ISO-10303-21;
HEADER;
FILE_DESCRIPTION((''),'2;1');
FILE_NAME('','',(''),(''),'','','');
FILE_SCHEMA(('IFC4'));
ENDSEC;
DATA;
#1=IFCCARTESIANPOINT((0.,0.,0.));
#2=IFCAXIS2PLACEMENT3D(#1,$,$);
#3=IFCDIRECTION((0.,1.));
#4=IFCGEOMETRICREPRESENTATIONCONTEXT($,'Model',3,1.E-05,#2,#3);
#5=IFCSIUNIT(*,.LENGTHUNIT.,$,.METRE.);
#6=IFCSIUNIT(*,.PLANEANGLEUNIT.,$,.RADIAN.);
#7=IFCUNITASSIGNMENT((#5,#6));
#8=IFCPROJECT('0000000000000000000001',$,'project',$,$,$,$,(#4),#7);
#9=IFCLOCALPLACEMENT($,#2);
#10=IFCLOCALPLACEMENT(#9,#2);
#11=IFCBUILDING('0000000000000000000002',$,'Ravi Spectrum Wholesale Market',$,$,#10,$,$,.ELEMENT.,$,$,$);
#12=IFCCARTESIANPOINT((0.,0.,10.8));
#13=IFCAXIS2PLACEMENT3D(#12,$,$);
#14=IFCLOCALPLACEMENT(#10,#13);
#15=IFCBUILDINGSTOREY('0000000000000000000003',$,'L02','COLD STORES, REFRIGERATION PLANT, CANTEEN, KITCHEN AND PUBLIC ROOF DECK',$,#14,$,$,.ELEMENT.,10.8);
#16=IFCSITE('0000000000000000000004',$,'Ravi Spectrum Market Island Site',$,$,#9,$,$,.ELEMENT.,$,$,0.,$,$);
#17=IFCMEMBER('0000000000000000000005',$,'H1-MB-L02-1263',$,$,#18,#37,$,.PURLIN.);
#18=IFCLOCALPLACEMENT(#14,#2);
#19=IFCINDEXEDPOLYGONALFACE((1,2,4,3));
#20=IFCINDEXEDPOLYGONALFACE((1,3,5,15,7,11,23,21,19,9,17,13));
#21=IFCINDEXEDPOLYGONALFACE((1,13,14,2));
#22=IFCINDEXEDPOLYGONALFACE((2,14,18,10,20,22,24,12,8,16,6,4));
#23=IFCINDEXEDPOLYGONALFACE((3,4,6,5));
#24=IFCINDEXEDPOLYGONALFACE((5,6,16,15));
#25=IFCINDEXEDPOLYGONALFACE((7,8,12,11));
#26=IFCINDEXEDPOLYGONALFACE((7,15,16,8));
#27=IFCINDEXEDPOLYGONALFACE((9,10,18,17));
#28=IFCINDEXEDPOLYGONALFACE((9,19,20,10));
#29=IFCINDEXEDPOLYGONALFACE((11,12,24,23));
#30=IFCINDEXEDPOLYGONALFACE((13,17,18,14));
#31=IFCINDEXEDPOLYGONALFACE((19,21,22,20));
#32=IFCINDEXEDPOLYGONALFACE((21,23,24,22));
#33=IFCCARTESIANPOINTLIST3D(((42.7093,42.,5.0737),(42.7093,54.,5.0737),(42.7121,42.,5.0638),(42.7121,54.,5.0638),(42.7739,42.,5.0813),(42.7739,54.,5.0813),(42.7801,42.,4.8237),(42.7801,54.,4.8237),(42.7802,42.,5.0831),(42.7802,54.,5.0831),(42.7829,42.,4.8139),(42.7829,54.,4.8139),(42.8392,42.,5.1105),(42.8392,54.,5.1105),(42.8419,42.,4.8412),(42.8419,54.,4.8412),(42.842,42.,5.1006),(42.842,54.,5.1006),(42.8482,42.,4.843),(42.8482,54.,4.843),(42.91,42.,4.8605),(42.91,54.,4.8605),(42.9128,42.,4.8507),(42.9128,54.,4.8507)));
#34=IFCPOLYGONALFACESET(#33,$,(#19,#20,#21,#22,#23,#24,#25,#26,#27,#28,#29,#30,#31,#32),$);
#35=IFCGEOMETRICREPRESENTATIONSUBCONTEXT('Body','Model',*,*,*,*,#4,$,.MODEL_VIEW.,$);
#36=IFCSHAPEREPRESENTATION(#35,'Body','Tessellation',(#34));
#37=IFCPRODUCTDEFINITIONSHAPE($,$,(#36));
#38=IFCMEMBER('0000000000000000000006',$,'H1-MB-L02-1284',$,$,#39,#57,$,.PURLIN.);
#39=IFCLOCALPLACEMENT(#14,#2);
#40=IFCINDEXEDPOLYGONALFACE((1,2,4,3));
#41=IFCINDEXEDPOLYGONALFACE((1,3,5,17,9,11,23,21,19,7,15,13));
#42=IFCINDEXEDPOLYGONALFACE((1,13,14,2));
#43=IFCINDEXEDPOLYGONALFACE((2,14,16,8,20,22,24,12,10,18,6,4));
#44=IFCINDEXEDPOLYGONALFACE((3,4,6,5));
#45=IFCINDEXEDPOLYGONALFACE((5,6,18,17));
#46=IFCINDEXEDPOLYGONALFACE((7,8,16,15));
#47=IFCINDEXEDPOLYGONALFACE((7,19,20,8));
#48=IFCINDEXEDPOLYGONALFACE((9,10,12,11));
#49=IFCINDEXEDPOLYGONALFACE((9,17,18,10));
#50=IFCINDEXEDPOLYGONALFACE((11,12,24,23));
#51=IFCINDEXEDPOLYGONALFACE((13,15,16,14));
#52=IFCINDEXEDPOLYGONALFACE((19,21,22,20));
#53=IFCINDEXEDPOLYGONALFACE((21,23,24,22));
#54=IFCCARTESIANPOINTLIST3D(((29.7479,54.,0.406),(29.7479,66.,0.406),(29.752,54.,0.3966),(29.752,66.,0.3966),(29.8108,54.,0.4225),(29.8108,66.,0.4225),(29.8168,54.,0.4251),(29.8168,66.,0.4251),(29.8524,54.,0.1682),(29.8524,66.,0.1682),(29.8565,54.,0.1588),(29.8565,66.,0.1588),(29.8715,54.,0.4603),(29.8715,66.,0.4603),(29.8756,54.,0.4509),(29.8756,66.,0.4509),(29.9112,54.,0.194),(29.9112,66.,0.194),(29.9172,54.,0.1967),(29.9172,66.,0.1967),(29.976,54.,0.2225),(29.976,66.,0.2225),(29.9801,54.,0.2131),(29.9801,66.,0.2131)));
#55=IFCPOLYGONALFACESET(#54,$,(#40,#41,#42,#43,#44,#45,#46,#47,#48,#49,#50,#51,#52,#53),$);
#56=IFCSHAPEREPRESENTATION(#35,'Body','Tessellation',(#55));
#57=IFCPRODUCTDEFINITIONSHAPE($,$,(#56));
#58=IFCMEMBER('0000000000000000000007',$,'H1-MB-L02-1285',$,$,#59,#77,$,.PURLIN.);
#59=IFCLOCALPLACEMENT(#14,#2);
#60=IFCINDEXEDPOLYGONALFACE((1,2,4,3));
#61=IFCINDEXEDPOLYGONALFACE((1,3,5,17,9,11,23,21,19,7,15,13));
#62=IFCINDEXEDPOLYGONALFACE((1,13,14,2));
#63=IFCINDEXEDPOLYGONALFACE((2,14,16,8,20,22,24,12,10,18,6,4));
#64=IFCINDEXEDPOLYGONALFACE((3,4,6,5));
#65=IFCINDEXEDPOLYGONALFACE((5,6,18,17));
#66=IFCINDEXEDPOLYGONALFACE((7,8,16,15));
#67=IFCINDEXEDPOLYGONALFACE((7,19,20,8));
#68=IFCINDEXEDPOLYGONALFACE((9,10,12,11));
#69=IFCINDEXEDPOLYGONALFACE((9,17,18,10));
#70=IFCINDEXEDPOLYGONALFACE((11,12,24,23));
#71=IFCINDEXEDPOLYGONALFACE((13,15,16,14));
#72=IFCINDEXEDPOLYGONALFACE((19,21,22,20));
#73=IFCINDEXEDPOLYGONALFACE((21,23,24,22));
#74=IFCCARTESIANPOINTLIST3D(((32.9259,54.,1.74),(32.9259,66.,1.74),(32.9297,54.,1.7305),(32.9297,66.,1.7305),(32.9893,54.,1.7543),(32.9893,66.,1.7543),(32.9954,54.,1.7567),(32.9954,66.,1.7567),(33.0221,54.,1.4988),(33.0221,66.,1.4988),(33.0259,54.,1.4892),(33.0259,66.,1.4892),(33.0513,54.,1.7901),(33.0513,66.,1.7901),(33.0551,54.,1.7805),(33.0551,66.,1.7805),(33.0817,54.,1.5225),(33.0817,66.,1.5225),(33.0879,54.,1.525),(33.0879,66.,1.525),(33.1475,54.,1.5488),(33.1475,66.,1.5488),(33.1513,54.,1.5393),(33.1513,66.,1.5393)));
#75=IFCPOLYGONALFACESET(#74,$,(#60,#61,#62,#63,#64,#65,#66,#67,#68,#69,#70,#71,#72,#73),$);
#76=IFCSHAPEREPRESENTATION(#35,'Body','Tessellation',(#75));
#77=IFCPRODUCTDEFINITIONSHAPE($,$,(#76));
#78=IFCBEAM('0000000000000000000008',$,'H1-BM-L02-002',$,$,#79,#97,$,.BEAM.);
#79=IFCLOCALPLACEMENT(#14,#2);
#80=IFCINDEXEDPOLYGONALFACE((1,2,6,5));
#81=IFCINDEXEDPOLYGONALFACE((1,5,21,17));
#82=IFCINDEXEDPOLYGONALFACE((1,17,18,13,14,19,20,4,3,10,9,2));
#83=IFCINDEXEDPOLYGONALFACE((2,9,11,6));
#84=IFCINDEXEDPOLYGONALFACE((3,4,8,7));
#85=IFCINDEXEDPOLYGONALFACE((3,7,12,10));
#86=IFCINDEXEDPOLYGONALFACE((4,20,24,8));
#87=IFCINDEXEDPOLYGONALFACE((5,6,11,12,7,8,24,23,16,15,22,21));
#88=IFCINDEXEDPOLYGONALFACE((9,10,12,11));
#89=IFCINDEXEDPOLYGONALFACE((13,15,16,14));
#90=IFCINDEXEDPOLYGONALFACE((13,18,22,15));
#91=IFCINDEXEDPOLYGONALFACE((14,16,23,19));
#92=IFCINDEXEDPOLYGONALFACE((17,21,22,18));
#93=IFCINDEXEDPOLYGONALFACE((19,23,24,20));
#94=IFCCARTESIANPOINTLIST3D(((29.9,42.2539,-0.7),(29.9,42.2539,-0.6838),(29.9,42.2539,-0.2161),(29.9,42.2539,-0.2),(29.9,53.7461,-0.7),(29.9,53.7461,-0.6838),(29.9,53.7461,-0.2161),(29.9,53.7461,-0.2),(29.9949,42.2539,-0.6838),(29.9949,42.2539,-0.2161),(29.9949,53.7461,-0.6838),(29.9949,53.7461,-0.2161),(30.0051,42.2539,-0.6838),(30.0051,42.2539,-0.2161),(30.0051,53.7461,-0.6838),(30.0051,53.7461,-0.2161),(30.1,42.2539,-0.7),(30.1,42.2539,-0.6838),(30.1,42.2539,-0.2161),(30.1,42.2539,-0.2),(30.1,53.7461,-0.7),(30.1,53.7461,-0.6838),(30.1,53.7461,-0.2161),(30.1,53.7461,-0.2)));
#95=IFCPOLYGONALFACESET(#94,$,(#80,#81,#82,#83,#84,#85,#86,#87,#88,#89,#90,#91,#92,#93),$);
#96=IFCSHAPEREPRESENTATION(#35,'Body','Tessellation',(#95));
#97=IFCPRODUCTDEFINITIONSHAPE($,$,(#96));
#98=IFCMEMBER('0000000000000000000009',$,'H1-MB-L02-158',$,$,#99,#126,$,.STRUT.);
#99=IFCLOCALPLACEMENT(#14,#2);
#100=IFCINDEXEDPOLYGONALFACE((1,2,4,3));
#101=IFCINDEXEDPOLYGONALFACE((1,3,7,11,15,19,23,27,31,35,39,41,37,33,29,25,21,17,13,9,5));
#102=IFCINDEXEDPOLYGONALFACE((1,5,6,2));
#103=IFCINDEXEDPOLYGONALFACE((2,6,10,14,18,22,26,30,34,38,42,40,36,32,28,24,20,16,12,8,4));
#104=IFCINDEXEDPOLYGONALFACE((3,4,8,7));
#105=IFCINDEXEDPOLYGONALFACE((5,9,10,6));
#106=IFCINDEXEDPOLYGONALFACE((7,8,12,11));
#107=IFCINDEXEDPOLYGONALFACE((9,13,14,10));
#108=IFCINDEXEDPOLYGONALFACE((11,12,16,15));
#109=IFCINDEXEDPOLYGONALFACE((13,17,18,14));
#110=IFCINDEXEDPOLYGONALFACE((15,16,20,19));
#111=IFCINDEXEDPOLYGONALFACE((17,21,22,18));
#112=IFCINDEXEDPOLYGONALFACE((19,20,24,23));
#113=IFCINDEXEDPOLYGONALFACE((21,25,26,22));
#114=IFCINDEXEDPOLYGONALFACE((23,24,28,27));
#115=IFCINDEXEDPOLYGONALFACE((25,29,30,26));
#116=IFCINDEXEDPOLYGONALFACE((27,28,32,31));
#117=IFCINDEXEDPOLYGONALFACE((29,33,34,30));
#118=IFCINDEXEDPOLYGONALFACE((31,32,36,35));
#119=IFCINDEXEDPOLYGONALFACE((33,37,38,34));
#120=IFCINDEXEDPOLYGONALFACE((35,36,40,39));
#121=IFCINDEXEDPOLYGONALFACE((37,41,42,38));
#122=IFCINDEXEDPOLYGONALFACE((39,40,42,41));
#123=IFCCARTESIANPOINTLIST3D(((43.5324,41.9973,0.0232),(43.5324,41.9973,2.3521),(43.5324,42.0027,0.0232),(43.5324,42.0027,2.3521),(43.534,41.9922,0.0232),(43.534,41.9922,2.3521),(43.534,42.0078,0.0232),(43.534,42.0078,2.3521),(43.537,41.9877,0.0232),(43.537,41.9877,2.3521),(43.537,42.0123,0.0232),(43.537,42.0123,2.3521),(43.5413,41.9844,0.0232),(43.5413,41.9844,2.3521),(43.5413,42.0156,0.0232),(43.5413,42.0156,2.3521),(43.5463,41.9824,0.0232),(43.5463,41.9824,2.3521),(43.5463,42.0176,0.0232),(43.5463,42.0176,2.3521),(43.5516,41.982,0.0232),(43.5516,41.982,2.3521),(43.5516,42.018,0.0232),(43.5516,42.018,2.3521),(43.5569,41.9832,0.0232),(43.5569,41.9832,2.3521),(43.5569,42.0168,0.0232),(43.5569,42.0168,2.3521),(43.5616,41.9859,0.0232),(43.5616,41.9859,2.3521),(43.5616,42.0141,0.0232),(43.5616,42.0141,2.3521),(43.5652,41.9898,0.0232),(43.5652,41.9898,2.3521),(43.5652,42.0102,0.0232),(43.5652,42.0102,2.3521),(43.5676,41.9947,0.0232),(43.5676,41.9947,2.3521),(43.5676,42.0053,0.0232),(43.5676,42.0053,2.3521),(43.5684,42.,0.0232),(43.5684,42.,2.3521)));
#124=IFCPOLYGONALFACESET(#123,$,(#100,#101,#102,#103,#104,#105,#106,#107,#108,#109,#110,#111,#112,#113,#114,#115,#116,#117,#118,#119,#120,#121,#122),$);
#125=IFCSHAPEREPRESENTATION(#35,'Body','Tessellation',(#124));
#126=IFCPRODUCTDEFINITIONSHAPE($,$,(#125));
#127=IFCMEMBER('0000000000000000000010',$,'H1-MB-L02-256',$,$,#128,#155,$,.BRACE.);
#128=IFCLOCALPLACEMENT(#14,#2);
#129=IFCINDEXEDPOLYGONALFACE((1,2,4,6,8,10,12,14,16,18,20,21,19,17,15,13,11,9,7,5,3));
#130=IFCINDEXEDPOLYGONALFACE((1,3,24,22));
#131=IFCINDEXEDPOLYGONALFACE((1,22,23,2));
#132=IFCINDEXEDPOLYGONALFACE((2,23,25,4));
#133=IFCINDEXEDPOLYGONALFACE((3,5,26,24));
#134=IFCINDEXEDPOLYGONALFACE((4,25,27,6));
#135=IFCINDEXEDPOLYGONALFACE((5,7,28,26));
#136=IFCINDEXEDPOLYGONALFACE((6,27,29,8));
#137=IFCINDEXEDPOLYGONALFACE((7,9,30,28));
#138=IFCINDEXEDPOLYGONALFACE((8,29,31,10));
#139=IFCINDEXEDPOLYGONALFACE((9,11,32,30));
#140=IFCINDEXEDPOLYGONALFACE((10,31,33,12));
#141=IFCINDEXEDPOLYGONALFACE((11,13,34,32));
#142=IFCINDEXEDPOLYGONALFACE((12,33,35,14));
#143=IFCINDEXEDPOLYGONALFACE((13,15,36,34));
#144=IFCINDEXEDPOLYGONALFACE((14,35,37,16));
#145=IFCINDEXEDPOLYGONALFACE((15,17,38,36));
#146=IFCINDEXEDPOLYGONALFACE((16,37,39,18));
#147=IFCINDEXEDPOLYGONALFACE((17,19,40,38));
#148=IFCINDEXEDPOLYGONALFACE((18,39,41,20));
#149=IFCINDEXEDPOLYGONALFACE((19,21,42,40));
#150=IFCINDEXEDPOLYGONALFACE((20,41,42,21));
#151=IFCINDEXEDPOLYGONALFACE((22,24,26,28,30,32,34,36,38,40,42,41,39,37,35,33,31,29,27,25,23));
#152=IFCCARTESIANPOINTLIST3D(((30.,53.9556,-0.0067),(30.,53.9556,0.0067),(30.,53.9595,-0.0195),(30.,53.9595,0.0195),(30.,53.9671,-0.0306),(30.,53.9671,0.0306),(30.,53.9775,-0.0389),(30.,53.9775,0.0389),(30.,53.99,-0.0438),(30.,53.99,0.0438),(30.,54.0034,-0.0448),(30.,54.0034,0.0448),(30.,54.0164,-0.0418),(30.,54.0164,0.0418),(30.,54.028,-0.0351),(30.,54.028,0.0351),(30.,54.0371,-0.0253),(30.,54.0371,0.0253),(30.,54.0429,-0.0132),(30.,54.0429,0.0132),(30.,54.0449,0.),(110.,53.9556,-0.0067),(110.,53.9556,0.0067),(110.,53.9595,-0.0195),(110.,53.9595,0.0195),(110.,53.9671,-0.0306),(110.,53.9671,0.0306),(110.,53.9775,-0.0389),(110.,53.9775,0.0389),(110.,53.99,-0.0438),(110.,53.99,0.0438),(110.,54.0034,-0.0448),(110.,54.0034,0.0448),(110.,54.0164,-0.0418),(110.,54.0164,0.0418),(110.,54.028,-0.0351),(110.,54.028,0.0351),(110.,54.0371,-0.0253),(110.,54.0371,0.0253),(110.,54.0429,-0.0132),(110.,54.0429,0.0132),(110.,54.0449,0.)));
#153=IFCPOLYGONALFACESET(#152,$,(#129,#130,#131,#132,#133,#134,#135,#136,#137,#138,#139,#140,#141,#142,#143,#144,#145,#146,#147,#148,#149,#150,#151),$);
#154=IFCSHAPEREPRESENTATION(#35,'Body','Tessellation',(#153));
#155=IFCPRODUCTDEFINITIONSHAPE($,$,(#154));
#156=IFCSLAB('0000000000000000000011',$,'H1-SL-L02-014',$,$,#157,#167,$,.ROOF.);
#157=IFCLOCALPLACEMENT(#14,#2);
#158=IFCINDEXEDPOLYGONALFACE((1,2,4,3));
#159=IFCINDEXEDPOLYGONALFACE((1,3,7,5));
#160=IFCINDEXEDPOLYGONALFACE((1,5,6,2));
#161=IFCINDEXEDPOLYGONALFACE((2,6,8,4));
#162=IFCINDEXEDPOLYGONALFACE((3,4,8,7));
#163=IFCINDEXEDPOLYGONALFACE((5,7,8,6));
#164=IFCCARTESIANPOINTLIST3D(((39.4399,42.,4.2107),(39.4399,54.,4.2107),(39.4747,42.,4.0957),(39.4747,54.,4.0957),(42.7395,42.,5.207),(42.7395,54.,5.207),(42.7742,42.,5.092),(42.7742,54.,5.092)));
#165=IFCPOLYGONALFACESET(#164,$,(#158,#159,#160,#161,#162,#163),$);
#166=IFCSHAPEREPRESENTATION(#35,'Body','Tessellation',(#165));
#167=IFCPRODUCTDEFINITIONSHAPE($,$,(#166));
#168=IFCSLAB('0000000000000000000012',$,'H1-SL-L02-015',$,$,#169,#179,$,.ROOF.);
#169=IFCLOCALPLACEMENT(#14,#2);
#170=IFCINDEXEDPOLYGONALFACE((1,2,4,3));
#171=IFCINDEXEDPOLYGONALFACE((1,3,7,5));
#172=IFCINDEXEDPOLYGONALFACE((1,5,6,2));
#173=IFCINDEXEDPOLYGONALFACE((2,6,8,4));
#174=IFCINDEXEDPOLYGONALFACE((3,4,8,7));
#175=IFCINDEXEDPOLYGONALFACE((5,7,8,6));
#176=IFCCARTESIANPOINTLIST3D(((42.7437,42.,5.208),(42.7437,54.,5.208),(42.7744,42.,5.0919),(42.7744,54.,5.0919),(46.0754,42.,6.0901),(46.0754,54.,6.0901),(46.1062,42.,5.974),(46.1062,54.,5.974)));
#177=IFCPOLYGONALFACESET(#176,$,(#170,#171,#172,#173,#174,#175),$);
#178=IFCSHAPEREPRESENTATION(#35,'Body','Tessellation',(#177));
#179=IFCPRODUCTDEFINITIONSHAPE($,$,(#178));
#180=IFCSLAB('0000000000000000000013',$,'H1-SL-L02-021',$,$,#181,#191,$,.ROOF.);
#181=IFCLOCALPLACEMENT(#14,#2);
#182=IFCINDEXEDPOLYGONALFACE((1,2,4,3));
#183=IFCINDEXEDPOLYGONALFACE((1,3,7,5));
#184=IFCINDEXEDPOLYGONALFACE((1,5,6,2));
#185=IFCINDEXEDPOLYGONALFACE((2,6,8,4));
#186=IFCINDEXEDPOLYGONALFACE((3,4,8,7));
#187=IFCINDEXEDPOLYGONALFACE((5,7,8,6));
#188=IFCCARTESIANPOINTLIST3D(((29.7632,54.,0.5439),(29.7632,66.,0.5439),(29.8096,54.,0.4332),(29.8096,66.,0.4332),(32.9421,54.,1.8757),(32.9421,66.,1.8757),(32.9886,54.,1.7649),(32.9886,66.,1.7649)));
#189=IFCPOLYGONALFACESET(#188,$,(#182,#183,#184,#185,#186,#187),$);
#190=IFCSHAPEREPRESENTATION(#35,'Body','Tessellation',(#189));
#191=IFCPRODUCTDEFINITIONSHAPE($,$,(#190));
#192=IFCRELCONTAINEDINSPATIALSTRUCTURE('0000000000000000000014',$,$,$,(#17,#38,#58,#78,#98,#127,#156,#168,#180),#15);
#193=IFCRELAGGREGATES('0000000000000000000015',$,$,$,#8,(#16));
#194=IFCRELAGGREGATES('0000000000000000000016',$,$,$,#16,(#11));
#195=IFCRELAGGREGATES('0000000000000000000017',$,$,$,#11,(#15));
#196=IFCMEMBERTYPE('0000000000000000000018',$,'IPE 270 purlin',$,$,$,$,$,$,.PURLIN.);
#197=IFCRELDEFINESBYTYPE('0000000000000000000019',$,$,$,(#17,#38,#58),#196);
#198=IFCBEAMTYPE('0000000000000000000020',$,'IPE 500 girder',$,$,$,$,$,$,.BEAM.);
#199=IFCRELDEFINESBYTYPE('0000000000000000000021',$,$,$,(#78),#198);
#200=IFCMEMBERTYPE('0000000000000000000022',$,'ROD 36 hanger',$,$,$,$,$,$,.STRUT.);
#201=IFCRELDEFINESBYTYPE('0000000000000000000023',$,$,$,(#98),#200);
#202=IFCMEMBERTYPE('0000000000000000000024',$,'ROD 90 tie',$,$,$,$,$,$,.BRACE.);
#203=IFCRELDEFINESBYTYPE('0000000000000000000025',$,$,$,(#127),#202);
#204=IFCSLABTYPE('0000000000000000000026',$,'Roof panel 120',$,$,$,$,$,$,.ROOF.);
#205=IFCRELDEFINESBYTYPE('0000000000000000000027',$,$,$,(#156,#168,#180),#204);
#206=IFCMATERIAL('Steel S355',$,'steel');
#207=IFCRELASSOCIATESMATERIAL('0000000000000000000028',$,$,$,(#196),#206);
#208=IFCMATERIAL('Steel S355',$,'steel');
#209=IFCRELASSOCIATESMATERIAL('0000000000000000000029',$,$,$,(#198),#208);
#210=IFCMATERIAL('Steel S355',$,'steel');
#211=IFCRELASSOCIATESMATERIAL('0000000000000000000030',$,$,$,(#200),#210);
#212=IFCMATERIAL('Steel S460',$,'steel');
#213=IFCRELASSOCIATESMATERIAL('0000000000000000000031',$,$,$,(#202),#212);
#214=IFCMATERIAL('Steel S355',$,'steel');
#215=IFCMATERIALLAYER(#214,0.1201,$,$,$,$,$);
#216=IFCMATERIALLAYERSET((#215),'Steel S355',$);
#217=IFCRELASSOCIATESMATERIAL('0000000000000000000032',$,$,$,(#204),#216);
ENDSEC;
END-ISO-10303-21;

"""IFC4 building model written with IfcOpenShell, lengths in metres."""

from ifc_helpers import new_model, si_unit, direction, frame, origin, origin_2d, place, context, subcontext, project, spatial, polyline, circle, i_section, outline, extrude, material, layer, layer_set, material_profile, profile_set, type_object, element, save


model = new_model("IFC4")

# Units and contexts
model_context = context("Model", 3, precision=1e-05, world=origin(), true_north=direction((0.0, 1.0)))
body_context = subcontext(model_context, "Body", "Model", "MODEL_VIEW")
ifc_project = project(units=[si_unit("LENGTHUNIT", "METRE"), si_unit("PLANEANGLEUNIT", "RADIAN")], contexts=[model_context])

# Site, building, storey
site_placement = place(None, origin())
site = spatial("IfcSite", under=ifc_project, at=site_placement, Name="Ravi Spectrum Market Island Site", CompositionType="ELEMENT", RefElevation=0.0)
building_placement = place(site_placement, origin())
building = spatial("IfcBuilding", under=site, at=building_placement, Name="Ravi Spectrum Wholesale Market", CompositionType="ELEMENT")
storey_placement = place(building_placement, frame((0.0, 0.0, 10.8)))
storey = spatial("IfcBuildingStorey", under=building, at=storey_placement, Name="L02", Description="COLD STORES, REFRIGERATION PLANT, CANTEEN, KITCHEN AND PUBLIC ROOF DECK", CompositionType="ELEMENT", Elevation=10.8)

# Members
ifc_material_1 = material(Name="Steel S355", Category="steel")
ifc_material_profile_1 = material_profile(ifc_material_1, i_section(OverallWidth=0.135, OverallDepth=0.27, WebThickness=0.0066, FlangeThickness=0.0103, at=origin_2d()))
ifc_profile_set_1 = profile_set([ifc_material_profile_1], Name="Steel S355")
member_type_1 = type_object("IfcMemberType", Name="IPE 270 purlin", PredefinedType="PURLIN", material=ifc_profile_set_1)
for number, where, z_axis, x_axis, name in (
    (1, (42.811, 42.0, 4.9622), (0.0, 1.0, 0.0), (-0.962156, 0.0, -0.272499), "H1-MB-L02-1263"),
    (2, (29.864, 54.0, 0.3096), (0.0, 1.0, 0.0), (-0.915525, 0.0, -0.40226), "H1-MB-L02-1284"),
    (3, (33.0386, 54.0, 1.6396), (0.0, 1.0, 0.0), (-0.928855, 0.0, -0.370443), "H1-MB-L02-1285"),
):
    element("IfcMember", number, at=place(storey_placement, frame(where, z_axis=z_axis, x_axis=x_axis)), inside=storey, type_object=member_type_1, Name=name, PredefinedType="PURLIN", context=body_context, shape_type="SweptSolid", body=[
        extrude(i_section(OverallWidth=0.135, OverallDepth=0.27, WebThickness=0.0066, FlangeThickness=0.0103, at=origin_2d()), origin(), (0.0, 0.0, 1.0), 12.0),
    ])

# Beam
ifc_material_2 = material(Name="Steel S355", Category="steel")
ifc_material_profile_2 = material_profile(ifc_material_2, i_section(OverallWidth=0.2, OverallDepth=0.5, WebThickness=0.0103, FlangeThickness=0.0161, at=origin_2d()))
ifc_profile_set_2 = profile_set([ifc_material_profile_2], Name="Steel S355")
beam_type = type_object("IfcBeamType", Name="IPE 500 girder", PredefinedType="BEAM", material=ifc_profile_set_2)
beam_placement = place(storey_placement, frame((30.0, 42.2539, -0.45), z_axis=(0.0, 1.0, 0.0), x_axis=(-1.0, 0.0, 0.0)))
element("IfcBeam", 4, at=beam_placement, inside=storey, type_object=beam_type, Name="H1-BM-L02-002", PredefinedType="BEAM", context=body_context, shape_type="SweptSolid", body=[
    extrude(i_section(OverallWidth=0.2, OverallDepth=0.5, WebThickness=0.0103, FlangeThickness=0.0161, at=origin_2d()), origin(), (0.0, 0.0, 1.0), 11.4922),
])

# Members
ifc_material_3 = material(Name="Steel S355", Category="steel")
ifc_material_profile_3 = material_profile(ifc_material_3, circle(Radius=0.0181, at=origin_2d()))
ifc_profile_set_3 = profile_set([ifc_material_profile_3], Name="Steel S355")
member_type_2 = type_object("IfcMemberType", Name="ROD 36 hanger", PredefinedType="STRUT", material=ifc_profile_set_3)
member_1_placement = place(storey_placement, frame((43.5503, 42.0, 0.0232), z_axis=(0.0, 0.0, 1.0), x_axis=(1.0, 0.0, 0.0)))
element("IfcMember", 5, at=member_1_placement, inside=storey, type_object=member_type_2, Name="H1-MB-L02-158", PredefinedType="STRUT", context=body_context, shape_type="SweptSolid", body=[
    extrude(circle(Radius=0.0181, at=origin_2d()), origin(), (0.0, 0.0, 1.0), 2.3289),
])
ifc_material_4 = material(Name="Steel S460", Category="steel")
ifc_material_profile_4 = material_profile(ifc_material_4, circle(Radius=0.0449, at=origin_2d()))
ifc_profile_set_4 = profile_set([ifc_material_profile_4], Name="Steel S460")
member_type_3 = type_object("IfcMemberType", Name="ROD 90 tie", PredefinedType="BRACE", material=ifc_profile_set_4)
member_2_placement = place(storey_placement, frame((30.0, 54.0, 0.0), z_axis=(1.0, 0.0, 0.0), x_axis=(0.0, 1.0, 0.0)))
element("IfcMember", 6, at=member_2_placement, inside=storey, type_object=member_type_3, Name="H1-MB-L02-256", PredefinedType="BRACE", context=body_context, shape_type="SweptSolid", body=[
    extrude(circle(Radius=0.0449, at=origin_2d()), origin(), (0.0, 0.0, 1.0), 80.0),
])

# Slabs
ifc_material_5 = material(Name="Steel S355", Category="steel")
ifc_layer_1 = layer(ifc_material_5, 0.1201)
ifc_layer_set_1 = layer_set([ifc_layer_1], Name="Steel S355")
slab_type = type_object("IfcSlabType", Name="Roof panel 120", PredefinedType="ROOF", material=ifc_layer_set_1)
slab_1_placement = place(storey_placement, frame((39.4399, 42.0, 4.2107), z_axis=(-0.28907, 0.0, 0.957308), x_axis=(0.957308, 0.0, 0.28907)))
element("IfcSlab", 7, at=slab_1_placement, inside=storey, type_object=slab_type, Name="H1-SL-L02-014", PredefinedType="ROOF", context=body_context, shape_type="SweptSolid", body=[
    extrude(outline(polyline([(0.0, 0.0), (3.4467, 0.0), (3.4467, 12.0), (0.0, 12.0), (0.0, 0.0)])), origin(), (0.0, 0.0, -1.0), 0.1201),
])
slab_2_placement = place(storey_placement, frame((42.7437, 42.0, 5.208), z_axis=(-0.25593, 0.0, 0.966695), x_axis=(0.966695, 0.0, 0.25593)))
element("IfcSlab", 8, at=slab_2_placement, inside=storey, type_object=slab_type, Name="H1-SL-L02-015", PredefinedType="ROOF", context=body_context, shape_type="SweptSolid", body=[
    extrude(outline(polyline([(0.0, 0.0), (3.4466, 0.0), (3.4466, 12.0), (0.0, 12.0), (0.0, 0.0)])), origin(), (0.0, 0.0, -1.0), 0.1201),
])
slab_3_placement = place(storey_placement, frame((29.7632, 54.0, 0.5439), z_axis=(-0.3864, 0.0, 0.922331), x_axis=(0.922331, 0.0, 0.3864)))
element("IfcSlab", 9, at=slab_3_placement, inside=storey, type_object=slab_type, Name="H1-SL-L02-021", PredefinedType="ROOF", context=body_context, shape_type="SweptSolid", body=[
    extrude(outline(polyline([(0.0, 0.0), (3.4467, 0.0), (3.4467, 12.0), (0.0, 12.0), (0.0, 0.0)])), origin(), (0.0, 0.0, -1.0), 0.1201),
])

save(model, "model.ifc")
